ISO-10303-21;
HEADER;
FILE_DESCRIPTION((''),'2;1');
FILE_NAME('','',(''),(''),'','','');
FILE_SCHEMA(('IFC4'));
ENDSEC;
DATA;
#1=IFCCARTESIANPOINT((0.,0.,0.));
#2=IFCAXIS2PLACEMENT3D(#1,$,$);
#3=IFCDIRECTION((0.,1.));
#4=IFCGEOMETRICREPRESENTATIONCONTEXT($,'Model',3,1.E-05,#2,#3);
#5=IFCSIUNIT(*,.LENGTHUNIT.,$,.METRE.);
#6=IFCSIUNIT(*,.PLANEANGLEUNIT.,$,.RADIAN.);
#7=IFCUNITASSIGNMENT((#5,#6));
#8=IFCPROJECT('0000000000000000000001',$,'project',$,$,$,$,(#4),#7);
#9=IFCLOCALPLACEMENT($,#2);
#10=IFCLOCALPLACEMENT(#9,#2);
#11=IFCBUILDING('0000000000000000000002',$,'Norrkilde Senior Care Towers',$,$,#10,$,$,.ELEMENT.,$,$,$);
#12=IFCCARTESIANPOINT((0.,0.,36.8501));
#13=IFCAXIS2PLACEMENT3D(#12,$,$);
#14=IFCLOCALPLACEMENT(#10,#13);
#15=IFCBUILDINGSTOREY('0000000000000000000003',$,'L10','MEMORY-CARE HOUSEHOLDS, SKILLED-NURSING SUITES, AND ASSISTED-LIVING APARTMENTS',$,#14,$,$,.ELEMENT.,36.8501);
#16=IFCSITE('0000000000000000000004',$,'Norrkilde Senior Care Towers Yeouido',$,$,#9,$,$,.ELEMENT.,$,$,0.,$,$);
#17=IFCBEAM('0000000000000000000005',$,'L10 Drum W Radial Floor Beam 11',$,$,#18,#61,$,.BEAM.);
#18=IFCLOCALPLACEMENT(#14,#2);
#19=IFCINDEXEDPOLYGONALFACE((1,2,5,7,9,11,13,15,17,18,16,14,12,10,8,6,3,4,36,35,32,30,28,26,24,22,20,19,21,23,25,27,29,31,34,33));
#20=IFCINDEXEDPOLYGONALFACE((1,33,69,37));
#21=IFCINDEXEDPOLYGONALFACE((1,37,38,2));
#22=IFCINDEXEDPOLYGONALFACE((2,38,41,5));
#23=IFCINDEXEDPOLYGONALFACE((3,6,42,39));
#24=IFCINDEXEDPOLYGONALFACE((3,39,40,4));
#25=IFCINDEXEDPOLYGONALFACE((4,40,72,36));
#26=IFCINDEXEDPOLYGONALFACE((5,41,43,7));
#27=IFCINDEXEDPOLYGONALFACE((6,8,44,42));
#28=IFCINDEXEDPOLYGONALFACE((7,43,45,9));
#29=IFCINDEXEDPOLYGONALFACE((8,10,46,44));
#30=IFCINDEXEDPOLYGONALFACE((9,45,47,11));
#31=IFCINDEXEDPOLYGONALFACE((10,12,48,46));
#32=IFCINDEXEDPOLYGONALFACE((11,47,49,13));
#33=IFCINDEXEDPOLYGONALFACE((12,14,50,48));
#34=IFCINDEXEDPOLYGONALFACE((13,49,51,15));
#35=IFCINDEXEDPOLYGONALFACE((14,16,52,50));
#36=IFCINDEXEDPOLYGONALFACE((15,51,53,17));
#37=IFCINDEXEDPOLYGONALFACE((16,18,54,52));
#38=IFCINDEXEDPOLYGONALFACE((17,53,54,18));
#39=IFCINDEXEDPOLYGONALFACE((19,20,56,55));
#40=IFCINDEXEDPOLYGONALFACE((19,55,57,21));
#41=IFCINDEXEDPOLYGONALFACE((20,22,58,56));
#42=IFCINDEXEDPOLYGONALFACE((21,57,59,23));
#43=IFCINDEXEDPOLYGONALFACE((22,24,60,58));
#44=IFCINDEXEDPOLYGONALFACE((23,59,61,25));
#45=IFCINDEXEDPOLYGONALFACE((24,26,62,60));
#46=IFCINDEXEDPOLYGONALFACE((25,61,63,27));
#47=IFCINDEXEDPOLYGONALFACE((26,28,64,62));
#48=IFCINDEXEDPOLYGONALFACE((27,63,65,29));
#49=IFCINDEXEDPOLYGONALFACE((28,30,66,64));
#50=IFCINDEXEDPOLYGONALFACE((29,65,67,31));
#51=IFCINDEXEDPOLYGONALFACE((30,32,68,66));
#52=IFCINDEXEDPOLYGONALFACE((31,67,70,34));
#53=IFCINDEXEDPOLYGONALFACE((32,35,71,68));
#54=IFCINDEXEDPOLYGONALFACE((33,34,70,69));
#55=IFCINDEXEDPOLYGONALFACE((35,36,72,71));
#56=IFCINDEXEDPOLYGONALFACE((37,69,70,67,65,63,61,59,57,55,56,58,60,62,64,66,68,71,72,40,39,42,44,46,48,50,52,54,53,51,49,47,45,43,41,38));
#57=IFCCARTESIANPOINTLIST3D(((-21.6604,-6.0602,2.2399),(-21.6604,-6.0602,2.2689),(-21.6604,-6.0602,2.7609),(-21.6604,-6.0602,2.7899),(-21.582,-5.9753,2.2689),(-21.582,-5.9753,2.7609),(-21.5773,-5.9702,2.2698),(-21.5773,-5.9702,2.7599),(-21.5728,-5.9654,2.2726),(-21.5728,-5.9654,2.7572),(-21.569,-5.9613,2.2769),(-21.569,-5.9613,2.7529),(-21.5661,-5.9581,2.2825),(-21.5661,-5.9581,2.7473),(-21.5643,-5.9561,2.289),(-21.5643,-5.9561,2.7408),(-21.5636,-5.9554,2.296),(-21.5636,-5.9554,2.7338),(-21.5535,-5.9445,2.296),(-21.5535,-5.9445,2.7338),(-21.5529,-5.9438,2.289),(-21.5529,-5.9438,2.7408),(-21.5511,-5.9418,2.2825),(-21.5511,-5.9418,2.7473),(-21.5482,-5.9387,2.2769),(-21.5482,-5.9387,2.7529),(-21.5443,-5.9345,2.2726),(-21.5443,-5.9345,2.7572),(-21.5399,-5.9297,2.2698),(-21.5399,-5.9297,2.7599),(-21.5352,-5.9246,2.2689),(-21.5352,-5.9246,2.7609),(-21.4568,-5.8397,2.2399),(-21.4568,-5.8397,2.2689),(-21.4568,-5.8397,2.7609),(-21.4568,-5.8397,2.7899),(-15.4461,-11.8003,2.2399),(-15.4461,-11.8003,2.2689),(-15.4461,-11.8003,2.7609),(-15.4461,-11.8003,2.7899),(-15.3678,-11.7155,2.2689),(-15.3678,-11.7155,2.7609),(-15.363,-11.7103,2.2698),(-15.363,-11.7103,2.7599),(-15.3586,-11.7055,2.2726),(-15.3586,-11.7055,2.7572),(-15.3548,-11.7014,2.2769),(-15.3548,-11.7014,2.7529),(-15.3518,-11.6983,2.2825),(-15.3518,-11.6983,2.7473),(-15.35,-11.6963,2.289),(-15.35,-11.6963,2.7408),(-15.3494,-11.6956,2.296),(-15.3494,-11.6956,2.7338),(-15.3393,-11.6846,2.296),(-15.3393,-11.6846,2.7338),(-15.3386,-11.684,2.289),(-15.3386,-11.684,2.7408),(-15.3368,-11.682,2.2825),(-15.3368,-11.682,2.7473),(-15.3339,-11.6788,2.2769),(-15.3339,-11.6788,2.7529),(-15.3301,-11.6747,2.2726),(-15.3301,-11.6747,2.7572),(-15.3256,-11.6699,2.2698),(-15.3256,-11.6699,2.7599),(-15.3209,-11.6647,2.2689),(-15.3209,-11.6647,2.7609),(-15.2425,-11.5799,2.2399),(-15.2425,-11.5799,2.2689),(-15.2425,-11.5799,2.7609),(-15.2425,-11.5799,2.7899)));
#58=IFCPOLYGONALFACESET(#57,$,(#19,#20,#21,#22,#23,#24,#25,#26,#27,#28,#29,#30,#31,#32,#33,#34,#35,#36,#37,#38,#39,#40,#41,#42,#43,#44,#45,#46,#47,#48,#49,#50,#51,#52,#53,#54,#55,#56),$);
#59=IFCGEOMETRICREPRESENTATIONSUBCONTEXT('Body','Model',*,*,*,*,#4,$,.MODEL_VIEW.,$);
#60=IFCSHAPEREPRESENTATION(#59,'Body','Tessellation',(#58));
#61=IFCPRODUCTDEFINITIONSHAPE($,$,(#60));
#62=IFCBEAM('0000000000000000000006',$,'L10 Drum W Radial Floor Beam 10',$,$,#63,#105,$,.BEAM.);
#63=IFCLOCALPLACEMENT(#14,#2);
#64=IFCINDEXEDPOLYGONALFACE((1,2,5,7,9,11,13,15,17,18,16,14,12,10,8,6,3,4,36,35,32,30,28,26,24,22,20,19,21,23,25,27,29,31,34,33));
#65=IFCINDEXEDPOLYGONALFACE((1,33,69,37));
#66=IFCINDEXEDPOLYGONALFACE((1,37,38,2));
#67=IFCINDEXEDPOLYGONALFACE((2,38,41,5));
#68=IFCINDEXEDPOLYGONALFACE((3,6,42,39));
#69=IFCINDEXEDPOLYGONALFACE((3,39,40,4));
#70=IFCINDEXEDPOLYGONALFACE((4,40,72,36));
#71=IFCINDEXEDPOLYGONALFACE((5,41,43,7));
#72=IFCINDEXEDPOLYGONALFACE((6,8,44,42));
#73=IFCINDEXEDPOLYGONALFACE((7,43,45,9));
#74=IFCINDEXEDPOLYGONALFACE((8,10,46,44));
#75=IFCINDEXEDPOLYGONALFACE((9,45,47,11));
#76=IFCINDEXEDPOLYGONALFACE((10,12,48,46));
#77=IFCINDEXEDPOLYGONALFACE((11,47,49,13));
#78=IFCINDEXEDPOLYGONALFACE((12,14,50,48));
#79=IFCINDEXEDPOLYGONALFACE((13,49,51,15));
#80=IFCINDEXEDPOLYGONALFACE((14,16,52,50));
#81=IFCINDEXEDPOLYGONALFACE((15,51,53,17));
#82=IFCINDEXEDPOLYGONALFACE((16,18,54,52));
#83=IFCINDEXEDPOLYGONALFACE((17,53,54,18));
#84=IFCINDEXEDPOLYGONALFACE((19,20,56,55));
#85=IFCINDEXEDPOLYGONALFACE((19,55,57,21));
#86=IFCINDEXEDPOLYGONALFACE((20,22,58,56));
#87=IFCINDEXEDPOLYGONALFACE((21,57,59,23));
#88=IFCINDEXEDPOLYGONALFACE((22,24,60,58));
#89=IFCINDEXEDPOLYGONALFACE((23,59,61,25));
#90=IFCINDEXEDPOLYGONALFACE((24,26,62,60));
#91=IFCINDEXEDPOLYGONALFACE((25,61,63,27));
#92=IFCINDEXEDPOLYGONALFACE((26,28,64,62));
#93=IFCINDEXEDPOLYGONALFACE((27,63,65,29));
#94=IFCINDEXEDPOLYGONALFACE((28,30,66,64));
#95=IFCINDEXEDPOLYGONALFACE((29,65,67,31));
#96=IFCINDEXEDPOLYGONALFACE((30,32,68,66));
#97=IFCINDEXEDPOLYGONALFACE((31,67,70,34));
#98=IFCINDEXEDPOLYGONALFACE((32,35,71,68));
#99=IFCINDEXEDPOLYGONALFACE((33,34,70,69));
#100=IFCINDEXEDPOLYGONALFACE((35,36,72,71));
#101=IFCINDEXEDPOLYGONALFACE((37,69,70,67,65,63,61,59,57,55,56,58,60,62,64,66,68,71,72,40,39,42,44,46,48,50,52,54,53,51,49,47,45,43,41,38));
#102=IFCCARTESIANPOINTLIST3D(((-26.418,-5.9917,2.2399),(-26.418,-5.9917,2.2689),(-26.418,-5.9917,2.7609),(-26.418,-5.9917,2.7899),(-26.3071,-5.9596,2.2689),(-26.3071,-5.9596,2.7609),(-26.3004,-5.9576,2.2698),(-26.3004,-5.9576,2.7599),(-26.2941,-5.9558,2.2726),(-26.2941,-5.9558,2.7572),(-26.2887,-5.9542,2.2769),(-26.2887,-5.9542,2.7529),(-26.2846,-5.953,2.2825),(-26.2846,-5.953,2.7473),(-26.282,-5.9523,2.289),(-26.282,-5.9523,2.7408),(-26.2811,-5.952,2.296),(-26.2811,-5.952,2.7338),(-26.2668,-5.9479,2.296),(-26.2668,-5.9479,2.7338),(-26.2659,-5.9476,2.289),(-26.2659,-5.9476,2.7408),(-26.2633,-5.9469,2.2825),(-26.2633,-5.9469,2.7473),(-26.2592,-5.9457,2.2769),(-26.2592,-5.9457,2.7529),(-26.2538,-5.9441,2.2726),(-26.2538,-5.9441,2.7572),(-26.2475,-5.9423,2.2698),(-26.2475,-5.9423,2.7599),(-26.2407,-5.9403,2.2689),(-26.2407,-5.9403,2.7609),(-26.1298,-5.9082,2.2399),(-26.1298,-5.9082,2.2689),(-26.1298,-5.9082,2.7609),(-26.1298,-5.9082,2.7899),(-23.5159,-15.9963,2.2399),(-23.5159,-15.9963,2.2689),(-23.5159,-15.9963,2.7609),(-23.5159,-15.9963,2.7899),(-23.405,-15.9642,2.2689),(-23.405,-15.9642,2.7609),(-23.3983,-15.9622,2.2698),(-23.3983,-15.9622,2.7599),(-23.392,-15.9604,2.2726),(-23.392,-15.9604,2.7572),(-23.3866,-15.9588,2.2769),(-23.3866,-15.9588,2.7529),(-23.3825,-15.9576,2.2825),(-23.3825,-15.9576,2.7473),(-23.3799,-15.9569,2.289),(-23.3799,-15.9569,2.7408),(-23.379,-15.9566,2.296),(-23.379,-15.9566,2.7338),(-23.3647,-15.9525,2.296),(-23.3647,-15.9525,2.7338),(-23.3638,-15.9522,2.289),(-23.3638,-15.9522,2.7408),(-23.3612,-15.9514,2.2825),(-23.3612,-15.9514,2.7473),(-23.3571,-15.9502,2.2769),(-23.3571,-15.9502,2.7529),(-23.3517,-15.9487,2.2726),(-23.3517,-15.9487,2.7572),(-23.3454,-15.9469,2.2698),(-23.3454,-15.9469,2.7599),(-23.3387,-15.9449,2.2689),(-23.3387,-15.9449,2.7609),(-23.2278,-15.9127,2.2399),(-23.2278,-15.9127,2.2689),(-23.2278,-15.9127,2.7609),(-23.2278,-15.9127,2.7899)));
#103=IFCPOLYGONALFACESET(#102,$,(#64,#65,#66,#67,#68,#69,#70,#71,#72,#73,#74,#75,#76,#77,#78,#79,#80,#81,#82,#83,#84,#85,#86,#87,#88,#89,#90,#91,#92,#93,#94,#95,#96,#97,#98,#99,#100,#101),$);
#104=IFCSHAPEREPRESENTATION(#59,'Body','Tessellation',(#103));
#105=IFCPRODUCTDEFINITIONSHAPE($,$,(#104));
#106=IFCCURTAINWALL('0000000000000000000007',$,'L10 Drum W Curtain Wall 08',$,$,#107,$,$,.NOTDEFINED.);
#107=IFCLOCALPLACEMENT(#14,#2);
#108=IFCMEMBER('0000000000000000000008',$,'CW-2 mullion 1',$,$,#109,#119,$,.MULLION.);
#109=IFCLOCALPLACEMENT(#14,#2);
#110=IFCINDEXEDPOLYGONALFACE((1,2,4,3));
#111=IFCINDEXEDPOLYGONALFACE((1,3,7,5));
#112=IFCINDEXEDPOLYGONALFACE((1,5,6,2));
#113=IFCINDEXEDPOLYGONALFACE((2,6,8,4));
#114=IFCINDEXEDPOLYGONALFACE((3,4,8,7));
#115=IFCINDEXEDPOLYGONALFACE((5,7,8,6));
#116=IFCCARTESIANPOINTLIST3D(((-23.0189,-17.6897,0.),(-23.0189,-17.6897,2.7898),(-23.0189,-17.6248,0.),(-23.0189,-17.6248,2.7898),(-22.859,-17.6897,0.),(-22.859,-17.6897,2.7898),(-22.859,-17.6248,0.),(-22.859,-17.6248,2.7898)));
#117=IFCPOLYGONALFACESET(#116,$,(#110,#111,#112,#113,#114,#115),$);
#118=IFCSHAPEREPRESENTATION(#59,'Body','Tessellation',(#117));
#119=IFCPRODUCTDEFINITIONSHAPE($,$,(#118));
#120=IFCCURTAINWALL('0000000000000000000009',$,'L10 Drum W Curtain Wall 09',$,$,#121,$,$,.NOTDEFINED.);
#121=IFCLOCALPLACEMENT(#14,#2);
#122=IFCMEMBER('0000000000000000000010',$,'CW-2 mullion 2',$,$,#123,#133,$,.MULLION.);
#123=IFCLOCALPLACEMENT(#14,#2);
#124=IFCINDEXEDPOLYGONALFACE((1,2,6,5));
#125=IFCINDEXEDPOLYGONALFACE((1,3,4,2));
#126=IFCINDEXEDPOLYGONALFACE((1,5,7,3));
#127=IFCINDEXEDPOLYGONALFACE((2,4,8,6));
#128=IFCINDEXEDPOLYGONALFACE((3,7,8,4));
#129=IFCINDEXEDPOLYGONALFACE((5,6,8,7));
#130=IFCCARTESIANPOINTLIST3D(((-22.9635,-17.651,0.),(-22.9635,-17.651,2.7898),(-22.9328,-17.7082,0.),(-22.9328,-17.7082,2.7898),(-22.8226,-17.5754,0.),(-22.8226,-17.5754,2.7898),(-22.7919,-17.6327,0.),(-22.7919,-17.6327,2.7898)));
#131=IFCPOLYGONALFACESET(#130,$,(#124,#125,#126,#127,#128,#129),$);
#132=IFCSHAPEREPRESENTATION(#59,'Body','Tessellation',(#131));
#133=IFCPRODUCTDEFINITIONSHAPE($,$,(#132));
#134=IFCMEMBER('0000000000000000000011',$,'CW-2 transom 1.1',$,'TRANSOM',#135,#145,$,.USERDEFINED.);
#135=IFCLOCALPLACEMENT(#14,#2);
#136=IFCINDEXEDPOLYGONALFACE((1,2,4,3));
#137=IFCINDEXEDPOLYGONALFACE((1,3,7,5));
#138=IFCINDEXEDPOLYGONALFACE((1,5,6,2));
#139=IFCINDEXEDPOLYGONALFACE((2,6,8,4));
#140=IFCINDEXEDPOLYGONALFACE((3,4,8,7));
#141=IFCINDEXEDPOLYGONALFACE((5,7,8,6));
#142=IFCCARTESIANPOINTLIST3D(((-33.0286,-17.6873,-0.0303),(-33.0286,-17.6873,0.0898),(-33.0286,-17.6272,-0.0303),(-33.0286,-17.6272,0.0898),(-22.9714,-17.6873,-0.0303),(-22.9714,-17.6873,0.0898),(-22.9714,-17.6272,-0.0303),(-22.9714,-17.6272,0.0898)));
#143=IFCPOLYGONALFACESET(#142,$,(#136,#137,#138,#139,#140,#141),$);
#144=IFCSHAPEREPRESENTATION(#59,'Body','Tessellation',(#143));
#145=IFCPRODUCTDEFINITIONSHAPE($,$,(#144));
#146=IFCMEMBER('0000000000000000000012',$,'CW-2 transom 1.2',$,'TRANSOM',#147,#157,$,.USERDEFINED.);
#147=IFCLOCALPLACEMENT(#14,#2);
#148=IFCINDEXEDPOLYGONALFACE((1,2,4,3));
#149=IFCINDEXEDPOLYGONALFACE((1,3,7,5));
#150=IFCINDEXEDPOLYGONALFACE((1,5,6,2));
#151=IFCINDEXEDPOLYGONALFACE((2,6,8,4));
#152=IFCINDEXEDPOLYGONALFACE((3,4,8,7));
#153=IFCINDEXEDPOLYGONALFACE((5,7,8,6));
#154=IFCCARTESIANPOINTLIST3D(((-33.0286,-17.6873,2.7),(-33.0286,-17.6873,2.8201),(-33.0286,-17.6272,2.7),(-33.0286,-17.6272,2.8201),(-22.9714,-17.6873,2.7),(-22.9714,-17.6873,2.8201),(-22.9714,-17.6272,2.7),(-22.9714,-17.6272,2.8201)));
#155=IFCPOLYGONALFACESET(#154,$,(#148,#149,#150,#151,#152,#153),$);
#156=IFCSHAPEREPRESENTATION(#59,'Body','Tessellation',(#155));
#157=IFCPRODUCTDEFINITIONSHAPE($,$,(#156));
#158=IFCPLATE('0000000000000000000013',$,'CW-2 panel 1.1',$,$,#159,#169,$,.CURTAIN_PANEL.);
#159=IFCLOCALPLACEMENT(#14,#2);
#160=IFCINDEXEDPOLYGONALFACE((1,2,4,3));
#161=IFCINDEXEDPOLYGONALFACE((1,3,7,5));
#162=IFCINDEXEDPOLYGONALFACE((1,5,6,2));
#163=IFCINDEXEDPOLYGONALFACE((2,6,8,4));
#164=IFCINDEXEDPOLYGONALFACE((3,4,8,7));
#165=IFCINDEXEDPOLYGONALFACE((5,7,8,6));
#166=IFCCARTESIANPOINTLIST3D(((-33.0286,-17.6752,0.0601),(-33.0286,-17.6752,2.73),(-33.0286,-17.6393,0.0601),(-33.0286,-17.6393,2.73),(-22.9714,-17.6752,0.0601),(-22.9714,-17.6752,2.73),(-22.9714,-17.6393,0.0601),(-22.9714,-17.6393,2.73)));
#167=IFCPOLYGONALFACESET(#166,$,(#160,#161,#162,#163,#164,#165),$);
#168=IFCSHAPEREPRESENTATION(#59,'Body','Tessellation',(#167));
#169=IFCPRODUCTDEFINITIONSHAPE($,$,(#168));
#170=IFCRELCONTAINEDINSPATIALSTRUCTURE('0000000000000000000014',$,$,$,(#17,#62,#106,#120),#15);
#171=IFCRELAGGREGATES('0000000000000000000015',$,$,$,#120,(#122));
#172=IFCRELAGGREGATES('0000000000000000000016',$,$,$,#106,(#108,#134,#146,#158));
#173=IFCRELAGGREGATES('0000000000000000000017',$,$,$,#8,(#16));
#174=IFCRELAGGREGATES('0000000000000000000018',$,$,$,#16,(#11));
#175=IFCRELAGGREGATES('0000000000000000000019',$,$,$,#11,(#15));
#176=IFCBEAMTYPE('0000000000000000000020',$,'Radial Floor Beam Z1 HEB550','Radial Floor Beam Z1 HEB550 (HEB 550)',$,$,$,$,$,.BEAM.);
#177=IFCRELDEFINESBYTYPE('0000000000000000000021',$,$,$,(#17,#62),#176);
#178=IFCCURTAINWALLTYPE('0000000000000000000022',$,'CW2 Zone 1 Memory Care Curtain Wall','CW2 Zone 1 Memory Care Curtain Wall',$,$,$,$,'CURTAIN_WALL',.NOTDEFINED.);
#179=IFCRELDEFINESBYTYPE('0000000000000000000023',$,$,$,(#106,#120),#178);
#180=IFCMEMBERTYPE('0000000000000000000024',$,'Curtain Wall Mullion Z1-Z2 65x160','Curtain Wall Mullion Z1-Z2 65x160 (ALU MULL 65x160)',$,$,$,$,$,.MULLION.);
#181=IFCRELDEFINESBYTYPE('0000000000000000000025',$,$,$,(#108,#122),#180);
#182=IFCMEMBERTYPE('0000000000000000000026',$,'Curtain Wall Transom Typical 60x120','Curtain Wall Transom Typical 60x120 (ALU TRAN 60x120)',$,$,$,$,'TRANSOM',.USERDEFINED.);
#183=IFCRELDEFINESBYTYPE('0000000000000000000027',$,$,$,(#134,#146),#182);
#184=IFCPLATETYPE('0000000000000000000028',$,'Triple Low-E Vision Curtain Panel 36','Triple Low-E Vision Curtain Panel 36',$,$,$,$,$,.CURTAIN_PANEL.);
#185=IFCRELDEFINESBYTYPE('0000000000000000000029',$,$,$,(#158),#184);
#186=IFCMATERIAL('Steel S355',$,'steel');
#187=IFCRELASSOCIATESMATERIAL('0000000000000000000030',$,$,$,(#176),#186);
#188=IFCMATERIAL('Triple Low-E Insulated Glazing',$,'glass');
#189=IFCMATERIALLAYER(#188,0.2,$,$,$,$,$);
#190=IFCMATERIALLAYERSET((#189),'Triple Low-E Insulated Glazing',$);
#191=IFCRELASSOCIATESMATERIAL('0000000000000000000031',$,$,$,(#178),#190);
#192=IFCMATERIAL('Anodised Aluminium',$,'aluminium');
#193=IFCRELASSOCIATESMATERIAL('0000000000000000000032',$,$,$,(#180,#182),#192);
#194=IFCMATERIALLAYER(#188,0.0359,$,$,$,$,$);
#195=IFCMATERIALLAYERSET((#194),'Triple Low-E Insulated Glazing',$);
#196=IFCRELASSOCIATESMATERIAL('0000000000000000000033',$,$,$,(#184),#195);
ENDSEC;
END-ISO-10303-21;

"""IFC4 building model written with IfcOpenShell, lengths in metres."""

from ifc_helpers import new_model, si_unit, direction, frame, origin, origin_2d, place, context, subcontext, project, spatial, rectangle, i_section, extrude, source, transform, mapped, material, layer, layer_set, material_profile, profile_set, type_object, type_shapes, element, aggregate, save


model = new_model("IFC4")

# Units and contexts
model_context = context("Model", 3, precision=1e-05, world=origin(), true_north=direction((0.0, 1.0)))
body_context = subcontext(model_context, "Body", "Model", "MODEL_VIEW")
ifc_project = project(units=[si_unit("LENGTHUNIT", "METRE"), si_unit("PLANEANGLEUNIT", "RADIAN")], contexts=[model_context])

# Site, building, storey
site_placement = place(None, origin())
site = spatial("IfcSite", under=ifc_project, at=site_placement, Name="Norrkilde Senior Care Towers Yeouido", CompositionType="ELEMENT", RefElevation=0.0)
building_placement = place(site_placement, origin())
building = spatial("IfcBuilding", under=site, at=building_placement, Name="Norrkilde Senior Care Towers", CompositionType="ELEMENT")
storey_placement = place(building_placement, frame((0.0, 0.0, 36.8501)))
storey = spatial("IfcBuildingStorey", under=building, at=storey_placement, Name="L10", Description="MEMORY-CARE HOUSEHOLDS, SKILLED-NURSING SUITES, AND ASSISTED-LIVING APARTMENTS", CompositionType="ELEMENT", Elevation=36.8501)

# Beams
ifc_material_1 = material(Name="Steel S355", Category="steel")
ifc_material_profile_1 = material_profile(ifc_material_1, i_section(OverallWidth=0.3, OverallDepth=0.55, WebThickness=0.0149, FlangeThickness=0.0291, FilletRadius=0.0271, at=origin_2d()), Name="HEB 550")
ifc_profile_set_1 = profile_set([ifc_material_profile_1], Name="Steel S355")
beam_type_1 = type_object("IfcBeamType", Name="Radial Floor Beam Z1 HEB550", Description="Radial Floor Beam Z1 HEB550 (HEB 550)", PredefinedType="BEAM", material=ifc_profile_set_1)
shared_shape_1 = source(origin(), body_context, "Body", "SweptSolid", [
    extrude(i_section(OverallWidth=0.3, OverallDepth=0.55, WebThickness=0.0149, FlangeThickness=0.0291, FilletRadius=0.0271, at=origin_2d()), origin(), (0.0, 0.0, 1.0), 8.4597),
])
beam_1_placement = place(storey_placement, frame((-21.5586, -5.95, 2.5149), z_axis=(0.734573, -0.678529, 0.0), x_axis=(0.678529, 0.734573, 0.0)))
element("IfcBeam", 1, at=beam_1_placement, inside=storey, type_object=beam_type_1, Name="L10 Drum W Radial Floor Beam 11", PredefinedType="BEAM", context=body_context, shape_type="MappedRepresentation", body=[
    mapped(shared_shape_1, transform((0.0, 0.0, 0.0), x_axis=(1.0, 0.0, 0.0), y_axis=(0.0, 1.0, 0.0), z_axis=(0.0, 0.0, 1.0), scale=1.0)),
])
shared_shape_2 = source(origin(), body_context, "Body", "SweptSolid", [
    extrude(i_section(OverallWidth=0.3, OverallDepth=0.55, WebThickness=0.0149, FlangeThickness=0.0291, FilletRadius=0.0271, at=origin_2d()), origin(), (0.0, 0.0, 1.0), 10.417),
])
beam_2_placement = place(storey_placement, frame((-26.2739, -5.95, 2.5149), z_axis=(0.278591, -0.96041, 0.0), x_axis=(0.96041, 0.278591, 0.0)))
element("IfcBeam", 2, at=beam_2_placement, inside=storey, type_object=beam_type_1, Name="L10 Drum W Radial Floor Beam 10", PredefinedType="BEAM", context=body_context, shape_type="MappedRepresentation", body=[
    mapped(shared_shape_2, transform((0.0, 0.0, 0.0), x_axis=(1.0, 0.0, 0.0), y_axis=(0.0, 1.0, 0.0), z_axis=(0.0, 0.0, 1.0), scale=1.0)),
])

# Curtain walls, members
ifc_material_2 = material(Name="Triple Low-E Insulated Glazing", Category="glass")
ifc_layer_1 = layer(ifc_material_2, 0.2)
ifc_layer_set_1 = layer_set([ifc_layer_1], Name="Triple Low-E Insulated Glazing")
curtain_wall_type = type_object("IfcCurtainWallType", Name="CW2 Zone 1 Memory Care Curtain Wall", Description="CW2 Zone 1 Memory Care Curtain Wall", ElementType="CURTAIN_WALL", PredefinedType="NOTDEFINED", material=ifc_layer_set_1)
curtain_wall_1_placement = place(storey_placement, origin())
curtain_wall_1 = element("IfcCurtainWall", 3, at=curtain_wall_1_placement, inside=storey, type_object=curtain_wall_type, Name="L10 Drum W Curtain Wall 08", PredefinedType="NOTDEFINED")
ifc_material_3 = material(Name="Anodised Aluminium", Category="aluminium")
ifc_material_profile_2 = material_profile(ifc_material_3, rectangle(XDim=0.0649, YDim=0.1599, at=origin_2d()), Name="ALU MULL 65x160")
ifc_profile_set_2 = profile_set([ifc_material_profile_2], Name="Anodised Aluminium")
member_type_1 = type_object("IfcMemberType", Name="Curtain Wall Mullion Z1-Z2 65x160", Description="Curtain Wall Mullion Z1-Z2 65x160 (ALU MULL 65x160)", PredefinedType="MULLION", material=ifc_profile_set_2)
shared_shape_3 = source(origin(), body_context, "Body", "SweptSolid", [
    extrude(rectangle(XDim=0.0649, YDim=0.1599, at=origin_2d()), origin(), (0.0, 0.0, 1.0), 2.7898),
])
type_shapes(member_type_1, [shared_shape_3])
member_1_placement = place(storey_placement, frame((-22.939, -17.6572, 0.0), z_axis=(0.0, 0.0, 1.0), x_axis=(0.0, -1.0, 0.0)))
member_1 = element("IfcMember", 4, at=member_1_placement, type_object=member_type_1, Name="CW-2 mullion 1", PredefinedType="MULLION", context=body_context, shape_type="MappedRepresentation", body=[
    mapped(shared_shape_3, transform((0.0, 0.0, 0.0), x_axis=(1.0, 0.0, 0.0), y_axis=(0.0, 1.0, 0.0), z_axis=(0.0, 0.0, 1.0), scale=1.0)),
])
curtain_wall_2_placement = place(storey_placement, origin())
curtain_wall_2 = element("IfcCurtainWall", 5, at=curtain_wall_2_placement, inside=storey, type_object=curtain_wall_type, Name="L10 Drum W Curtain Wall 09", PredefinedType="NOTDEFINED")
member_2_placement = place(storey_placement, frame((-22.8777, -17.6418, 0.0), z_axis=(0.0, 0.0, 1.0), x_axis=(0.472608, -0.881273, 0.0)))
member_2 = element("IfcMember", 6, at=member_2_placement, type_object=member_type_1, Name="CW-2 mullion 2", PredefinedType="MULLION", context=body_context, shape_type="MappedRepresentation", body=[
    mapped(shared_shape_3, transform((0.0, 0.0, 0.0), x_axis=(1.0, 0.0, 0.0), y_axis=(0.0, 1.0, 0.0), z_axis=(0.0, 0.0, 1.0), scale=1.0)),
])
aggregate(curtain_wall_2, [member_2])

# Members
ifc_material_profile_3 = material_profile(ifc_material_3, rectangle(XDim=0.0601, YDim=0.1201, at=origin_2d()), Name="ALU TRAN 60x120")
ifc_profile_set_3 = profile_set([ifc_material_profile_3], Name="Anodised Aluminium")
member_type_2 = type_object("IfcMemberType", Name="Curtain Wall Transom Typical 60x120", Description="Curtain Wall Transom Typical 60x120 (ALU TRAN 60x120)", ElementType="TRANSOM", PredefinedType="USERDEFINED", material=ifc_profile_set_3)
shared_shape_4 = source(origin(), body_context, "Body", "SweptSolid", [
    extrude(rectangle(XDim=0.0601, YDim=0.1201, at=origin_2d()), origin(), (0.0, 0.0, 1.0), 10.0571),
])
type_shapes(member_type_2, [shared_shape_4])
member_3_placement = place(storey_placement, frame((-22.9714, -17.6572, 0.0298), z_axis=(-1.0, 0.0, 0.0), x_axis=(0.0, -1.0, 0.0)))
member_3 = element("IfcMember", 7, at=member_3_placement, type_object=member_type_2, Name="CW-2 transom 1.1", ObjectType="TRANSOM", PredefinedType="USERDEFINED", context=body_context, shape_type="MappedRepresentation", body=[
    mapped(shared_shape_4, transform((0.0, 0.0, 0.0), x_axis=(1.0, 0.0, 0.0), y_axis=(0.0, 1.0, 0.0), z_axis=(0.0, 0.0, 1.0), scale=1.0)),
])
member_4_placement = place(storey_placement, frame((-22.9714, -17.6572, 2.76), z_axis=(-1.0, 0.0, 0.0), x_axis=(0.0, -1.0, 0.0)))
member_4 = element("IfcMember", 8, at=member_4_placement, type_object=member_type_2, Name="CW-2 transom 1.2", ObjectType="TRANSOM", PredefinedType="USERDEFINED", context=body_context, shape_type="MappedRepresentation", body=[
    mapped(shared_shape_4, transform((0.0, 0.0, 0.0), x_axis=(1.0, 0.0, 0.0), y_axis=(0.0, 1.0, 0.0), z_axis=(0.0, 0.0, 1.0), scale=1.0)),
])

# Plate
ifc_layer_2 = layer(ifc_material_2, 0.0359)
ifc_layer_set_2 = layer_set([ifc_layer_2], Name="Triple Low-E Insulated Glazing")
plate_type = type_object("IfcPlateType", Name="Triple Low-E Vision Curtain Panel 36", Description="Triple Low-E Vision Curtain Panel 36", PredefinedType="CURTAIN_PANEL", material=ifc_layer_set_2)
shared_shape_5 = source(origin(), body_context, "Body", "SweptSolid", [
    extrude(rectangle(XDim=10.0571, YDim=0.0359, at=origin_2d()), origin(), (0.0, 0.0, 1.0), 2.6699),
])
type_shapes(plate_type, [shared_shape_5])
plate_placement = place(storey_placement, frame((-28.0, -17.6572, 0.0601), z_axis=(0.0, 0.0, 1.0), x_axis=(-1.0, 0.0, 0.0)))
plate = element("IfcPlate", 9, at=plate_placement, type_object=plate_type, Name="CW-2 panel 1.1", PredefinedType="CURTAIN_PANEL", context=body_context, shape_type="MappedRepresentation", body=[
    mapped(shared_shape_5, transform((0.0, 0.0, 0.0), x_axis=(1.0, 0.0, 0.0), y_axis=(0.0, 1.0, 0.0), z_axis=(0.0, 0.0, 1.0), scale=1.0)),
])
aggregate(curtain_wall_1, [member_1, member_3, member_4, plate])

save(model, "model.ifc")
